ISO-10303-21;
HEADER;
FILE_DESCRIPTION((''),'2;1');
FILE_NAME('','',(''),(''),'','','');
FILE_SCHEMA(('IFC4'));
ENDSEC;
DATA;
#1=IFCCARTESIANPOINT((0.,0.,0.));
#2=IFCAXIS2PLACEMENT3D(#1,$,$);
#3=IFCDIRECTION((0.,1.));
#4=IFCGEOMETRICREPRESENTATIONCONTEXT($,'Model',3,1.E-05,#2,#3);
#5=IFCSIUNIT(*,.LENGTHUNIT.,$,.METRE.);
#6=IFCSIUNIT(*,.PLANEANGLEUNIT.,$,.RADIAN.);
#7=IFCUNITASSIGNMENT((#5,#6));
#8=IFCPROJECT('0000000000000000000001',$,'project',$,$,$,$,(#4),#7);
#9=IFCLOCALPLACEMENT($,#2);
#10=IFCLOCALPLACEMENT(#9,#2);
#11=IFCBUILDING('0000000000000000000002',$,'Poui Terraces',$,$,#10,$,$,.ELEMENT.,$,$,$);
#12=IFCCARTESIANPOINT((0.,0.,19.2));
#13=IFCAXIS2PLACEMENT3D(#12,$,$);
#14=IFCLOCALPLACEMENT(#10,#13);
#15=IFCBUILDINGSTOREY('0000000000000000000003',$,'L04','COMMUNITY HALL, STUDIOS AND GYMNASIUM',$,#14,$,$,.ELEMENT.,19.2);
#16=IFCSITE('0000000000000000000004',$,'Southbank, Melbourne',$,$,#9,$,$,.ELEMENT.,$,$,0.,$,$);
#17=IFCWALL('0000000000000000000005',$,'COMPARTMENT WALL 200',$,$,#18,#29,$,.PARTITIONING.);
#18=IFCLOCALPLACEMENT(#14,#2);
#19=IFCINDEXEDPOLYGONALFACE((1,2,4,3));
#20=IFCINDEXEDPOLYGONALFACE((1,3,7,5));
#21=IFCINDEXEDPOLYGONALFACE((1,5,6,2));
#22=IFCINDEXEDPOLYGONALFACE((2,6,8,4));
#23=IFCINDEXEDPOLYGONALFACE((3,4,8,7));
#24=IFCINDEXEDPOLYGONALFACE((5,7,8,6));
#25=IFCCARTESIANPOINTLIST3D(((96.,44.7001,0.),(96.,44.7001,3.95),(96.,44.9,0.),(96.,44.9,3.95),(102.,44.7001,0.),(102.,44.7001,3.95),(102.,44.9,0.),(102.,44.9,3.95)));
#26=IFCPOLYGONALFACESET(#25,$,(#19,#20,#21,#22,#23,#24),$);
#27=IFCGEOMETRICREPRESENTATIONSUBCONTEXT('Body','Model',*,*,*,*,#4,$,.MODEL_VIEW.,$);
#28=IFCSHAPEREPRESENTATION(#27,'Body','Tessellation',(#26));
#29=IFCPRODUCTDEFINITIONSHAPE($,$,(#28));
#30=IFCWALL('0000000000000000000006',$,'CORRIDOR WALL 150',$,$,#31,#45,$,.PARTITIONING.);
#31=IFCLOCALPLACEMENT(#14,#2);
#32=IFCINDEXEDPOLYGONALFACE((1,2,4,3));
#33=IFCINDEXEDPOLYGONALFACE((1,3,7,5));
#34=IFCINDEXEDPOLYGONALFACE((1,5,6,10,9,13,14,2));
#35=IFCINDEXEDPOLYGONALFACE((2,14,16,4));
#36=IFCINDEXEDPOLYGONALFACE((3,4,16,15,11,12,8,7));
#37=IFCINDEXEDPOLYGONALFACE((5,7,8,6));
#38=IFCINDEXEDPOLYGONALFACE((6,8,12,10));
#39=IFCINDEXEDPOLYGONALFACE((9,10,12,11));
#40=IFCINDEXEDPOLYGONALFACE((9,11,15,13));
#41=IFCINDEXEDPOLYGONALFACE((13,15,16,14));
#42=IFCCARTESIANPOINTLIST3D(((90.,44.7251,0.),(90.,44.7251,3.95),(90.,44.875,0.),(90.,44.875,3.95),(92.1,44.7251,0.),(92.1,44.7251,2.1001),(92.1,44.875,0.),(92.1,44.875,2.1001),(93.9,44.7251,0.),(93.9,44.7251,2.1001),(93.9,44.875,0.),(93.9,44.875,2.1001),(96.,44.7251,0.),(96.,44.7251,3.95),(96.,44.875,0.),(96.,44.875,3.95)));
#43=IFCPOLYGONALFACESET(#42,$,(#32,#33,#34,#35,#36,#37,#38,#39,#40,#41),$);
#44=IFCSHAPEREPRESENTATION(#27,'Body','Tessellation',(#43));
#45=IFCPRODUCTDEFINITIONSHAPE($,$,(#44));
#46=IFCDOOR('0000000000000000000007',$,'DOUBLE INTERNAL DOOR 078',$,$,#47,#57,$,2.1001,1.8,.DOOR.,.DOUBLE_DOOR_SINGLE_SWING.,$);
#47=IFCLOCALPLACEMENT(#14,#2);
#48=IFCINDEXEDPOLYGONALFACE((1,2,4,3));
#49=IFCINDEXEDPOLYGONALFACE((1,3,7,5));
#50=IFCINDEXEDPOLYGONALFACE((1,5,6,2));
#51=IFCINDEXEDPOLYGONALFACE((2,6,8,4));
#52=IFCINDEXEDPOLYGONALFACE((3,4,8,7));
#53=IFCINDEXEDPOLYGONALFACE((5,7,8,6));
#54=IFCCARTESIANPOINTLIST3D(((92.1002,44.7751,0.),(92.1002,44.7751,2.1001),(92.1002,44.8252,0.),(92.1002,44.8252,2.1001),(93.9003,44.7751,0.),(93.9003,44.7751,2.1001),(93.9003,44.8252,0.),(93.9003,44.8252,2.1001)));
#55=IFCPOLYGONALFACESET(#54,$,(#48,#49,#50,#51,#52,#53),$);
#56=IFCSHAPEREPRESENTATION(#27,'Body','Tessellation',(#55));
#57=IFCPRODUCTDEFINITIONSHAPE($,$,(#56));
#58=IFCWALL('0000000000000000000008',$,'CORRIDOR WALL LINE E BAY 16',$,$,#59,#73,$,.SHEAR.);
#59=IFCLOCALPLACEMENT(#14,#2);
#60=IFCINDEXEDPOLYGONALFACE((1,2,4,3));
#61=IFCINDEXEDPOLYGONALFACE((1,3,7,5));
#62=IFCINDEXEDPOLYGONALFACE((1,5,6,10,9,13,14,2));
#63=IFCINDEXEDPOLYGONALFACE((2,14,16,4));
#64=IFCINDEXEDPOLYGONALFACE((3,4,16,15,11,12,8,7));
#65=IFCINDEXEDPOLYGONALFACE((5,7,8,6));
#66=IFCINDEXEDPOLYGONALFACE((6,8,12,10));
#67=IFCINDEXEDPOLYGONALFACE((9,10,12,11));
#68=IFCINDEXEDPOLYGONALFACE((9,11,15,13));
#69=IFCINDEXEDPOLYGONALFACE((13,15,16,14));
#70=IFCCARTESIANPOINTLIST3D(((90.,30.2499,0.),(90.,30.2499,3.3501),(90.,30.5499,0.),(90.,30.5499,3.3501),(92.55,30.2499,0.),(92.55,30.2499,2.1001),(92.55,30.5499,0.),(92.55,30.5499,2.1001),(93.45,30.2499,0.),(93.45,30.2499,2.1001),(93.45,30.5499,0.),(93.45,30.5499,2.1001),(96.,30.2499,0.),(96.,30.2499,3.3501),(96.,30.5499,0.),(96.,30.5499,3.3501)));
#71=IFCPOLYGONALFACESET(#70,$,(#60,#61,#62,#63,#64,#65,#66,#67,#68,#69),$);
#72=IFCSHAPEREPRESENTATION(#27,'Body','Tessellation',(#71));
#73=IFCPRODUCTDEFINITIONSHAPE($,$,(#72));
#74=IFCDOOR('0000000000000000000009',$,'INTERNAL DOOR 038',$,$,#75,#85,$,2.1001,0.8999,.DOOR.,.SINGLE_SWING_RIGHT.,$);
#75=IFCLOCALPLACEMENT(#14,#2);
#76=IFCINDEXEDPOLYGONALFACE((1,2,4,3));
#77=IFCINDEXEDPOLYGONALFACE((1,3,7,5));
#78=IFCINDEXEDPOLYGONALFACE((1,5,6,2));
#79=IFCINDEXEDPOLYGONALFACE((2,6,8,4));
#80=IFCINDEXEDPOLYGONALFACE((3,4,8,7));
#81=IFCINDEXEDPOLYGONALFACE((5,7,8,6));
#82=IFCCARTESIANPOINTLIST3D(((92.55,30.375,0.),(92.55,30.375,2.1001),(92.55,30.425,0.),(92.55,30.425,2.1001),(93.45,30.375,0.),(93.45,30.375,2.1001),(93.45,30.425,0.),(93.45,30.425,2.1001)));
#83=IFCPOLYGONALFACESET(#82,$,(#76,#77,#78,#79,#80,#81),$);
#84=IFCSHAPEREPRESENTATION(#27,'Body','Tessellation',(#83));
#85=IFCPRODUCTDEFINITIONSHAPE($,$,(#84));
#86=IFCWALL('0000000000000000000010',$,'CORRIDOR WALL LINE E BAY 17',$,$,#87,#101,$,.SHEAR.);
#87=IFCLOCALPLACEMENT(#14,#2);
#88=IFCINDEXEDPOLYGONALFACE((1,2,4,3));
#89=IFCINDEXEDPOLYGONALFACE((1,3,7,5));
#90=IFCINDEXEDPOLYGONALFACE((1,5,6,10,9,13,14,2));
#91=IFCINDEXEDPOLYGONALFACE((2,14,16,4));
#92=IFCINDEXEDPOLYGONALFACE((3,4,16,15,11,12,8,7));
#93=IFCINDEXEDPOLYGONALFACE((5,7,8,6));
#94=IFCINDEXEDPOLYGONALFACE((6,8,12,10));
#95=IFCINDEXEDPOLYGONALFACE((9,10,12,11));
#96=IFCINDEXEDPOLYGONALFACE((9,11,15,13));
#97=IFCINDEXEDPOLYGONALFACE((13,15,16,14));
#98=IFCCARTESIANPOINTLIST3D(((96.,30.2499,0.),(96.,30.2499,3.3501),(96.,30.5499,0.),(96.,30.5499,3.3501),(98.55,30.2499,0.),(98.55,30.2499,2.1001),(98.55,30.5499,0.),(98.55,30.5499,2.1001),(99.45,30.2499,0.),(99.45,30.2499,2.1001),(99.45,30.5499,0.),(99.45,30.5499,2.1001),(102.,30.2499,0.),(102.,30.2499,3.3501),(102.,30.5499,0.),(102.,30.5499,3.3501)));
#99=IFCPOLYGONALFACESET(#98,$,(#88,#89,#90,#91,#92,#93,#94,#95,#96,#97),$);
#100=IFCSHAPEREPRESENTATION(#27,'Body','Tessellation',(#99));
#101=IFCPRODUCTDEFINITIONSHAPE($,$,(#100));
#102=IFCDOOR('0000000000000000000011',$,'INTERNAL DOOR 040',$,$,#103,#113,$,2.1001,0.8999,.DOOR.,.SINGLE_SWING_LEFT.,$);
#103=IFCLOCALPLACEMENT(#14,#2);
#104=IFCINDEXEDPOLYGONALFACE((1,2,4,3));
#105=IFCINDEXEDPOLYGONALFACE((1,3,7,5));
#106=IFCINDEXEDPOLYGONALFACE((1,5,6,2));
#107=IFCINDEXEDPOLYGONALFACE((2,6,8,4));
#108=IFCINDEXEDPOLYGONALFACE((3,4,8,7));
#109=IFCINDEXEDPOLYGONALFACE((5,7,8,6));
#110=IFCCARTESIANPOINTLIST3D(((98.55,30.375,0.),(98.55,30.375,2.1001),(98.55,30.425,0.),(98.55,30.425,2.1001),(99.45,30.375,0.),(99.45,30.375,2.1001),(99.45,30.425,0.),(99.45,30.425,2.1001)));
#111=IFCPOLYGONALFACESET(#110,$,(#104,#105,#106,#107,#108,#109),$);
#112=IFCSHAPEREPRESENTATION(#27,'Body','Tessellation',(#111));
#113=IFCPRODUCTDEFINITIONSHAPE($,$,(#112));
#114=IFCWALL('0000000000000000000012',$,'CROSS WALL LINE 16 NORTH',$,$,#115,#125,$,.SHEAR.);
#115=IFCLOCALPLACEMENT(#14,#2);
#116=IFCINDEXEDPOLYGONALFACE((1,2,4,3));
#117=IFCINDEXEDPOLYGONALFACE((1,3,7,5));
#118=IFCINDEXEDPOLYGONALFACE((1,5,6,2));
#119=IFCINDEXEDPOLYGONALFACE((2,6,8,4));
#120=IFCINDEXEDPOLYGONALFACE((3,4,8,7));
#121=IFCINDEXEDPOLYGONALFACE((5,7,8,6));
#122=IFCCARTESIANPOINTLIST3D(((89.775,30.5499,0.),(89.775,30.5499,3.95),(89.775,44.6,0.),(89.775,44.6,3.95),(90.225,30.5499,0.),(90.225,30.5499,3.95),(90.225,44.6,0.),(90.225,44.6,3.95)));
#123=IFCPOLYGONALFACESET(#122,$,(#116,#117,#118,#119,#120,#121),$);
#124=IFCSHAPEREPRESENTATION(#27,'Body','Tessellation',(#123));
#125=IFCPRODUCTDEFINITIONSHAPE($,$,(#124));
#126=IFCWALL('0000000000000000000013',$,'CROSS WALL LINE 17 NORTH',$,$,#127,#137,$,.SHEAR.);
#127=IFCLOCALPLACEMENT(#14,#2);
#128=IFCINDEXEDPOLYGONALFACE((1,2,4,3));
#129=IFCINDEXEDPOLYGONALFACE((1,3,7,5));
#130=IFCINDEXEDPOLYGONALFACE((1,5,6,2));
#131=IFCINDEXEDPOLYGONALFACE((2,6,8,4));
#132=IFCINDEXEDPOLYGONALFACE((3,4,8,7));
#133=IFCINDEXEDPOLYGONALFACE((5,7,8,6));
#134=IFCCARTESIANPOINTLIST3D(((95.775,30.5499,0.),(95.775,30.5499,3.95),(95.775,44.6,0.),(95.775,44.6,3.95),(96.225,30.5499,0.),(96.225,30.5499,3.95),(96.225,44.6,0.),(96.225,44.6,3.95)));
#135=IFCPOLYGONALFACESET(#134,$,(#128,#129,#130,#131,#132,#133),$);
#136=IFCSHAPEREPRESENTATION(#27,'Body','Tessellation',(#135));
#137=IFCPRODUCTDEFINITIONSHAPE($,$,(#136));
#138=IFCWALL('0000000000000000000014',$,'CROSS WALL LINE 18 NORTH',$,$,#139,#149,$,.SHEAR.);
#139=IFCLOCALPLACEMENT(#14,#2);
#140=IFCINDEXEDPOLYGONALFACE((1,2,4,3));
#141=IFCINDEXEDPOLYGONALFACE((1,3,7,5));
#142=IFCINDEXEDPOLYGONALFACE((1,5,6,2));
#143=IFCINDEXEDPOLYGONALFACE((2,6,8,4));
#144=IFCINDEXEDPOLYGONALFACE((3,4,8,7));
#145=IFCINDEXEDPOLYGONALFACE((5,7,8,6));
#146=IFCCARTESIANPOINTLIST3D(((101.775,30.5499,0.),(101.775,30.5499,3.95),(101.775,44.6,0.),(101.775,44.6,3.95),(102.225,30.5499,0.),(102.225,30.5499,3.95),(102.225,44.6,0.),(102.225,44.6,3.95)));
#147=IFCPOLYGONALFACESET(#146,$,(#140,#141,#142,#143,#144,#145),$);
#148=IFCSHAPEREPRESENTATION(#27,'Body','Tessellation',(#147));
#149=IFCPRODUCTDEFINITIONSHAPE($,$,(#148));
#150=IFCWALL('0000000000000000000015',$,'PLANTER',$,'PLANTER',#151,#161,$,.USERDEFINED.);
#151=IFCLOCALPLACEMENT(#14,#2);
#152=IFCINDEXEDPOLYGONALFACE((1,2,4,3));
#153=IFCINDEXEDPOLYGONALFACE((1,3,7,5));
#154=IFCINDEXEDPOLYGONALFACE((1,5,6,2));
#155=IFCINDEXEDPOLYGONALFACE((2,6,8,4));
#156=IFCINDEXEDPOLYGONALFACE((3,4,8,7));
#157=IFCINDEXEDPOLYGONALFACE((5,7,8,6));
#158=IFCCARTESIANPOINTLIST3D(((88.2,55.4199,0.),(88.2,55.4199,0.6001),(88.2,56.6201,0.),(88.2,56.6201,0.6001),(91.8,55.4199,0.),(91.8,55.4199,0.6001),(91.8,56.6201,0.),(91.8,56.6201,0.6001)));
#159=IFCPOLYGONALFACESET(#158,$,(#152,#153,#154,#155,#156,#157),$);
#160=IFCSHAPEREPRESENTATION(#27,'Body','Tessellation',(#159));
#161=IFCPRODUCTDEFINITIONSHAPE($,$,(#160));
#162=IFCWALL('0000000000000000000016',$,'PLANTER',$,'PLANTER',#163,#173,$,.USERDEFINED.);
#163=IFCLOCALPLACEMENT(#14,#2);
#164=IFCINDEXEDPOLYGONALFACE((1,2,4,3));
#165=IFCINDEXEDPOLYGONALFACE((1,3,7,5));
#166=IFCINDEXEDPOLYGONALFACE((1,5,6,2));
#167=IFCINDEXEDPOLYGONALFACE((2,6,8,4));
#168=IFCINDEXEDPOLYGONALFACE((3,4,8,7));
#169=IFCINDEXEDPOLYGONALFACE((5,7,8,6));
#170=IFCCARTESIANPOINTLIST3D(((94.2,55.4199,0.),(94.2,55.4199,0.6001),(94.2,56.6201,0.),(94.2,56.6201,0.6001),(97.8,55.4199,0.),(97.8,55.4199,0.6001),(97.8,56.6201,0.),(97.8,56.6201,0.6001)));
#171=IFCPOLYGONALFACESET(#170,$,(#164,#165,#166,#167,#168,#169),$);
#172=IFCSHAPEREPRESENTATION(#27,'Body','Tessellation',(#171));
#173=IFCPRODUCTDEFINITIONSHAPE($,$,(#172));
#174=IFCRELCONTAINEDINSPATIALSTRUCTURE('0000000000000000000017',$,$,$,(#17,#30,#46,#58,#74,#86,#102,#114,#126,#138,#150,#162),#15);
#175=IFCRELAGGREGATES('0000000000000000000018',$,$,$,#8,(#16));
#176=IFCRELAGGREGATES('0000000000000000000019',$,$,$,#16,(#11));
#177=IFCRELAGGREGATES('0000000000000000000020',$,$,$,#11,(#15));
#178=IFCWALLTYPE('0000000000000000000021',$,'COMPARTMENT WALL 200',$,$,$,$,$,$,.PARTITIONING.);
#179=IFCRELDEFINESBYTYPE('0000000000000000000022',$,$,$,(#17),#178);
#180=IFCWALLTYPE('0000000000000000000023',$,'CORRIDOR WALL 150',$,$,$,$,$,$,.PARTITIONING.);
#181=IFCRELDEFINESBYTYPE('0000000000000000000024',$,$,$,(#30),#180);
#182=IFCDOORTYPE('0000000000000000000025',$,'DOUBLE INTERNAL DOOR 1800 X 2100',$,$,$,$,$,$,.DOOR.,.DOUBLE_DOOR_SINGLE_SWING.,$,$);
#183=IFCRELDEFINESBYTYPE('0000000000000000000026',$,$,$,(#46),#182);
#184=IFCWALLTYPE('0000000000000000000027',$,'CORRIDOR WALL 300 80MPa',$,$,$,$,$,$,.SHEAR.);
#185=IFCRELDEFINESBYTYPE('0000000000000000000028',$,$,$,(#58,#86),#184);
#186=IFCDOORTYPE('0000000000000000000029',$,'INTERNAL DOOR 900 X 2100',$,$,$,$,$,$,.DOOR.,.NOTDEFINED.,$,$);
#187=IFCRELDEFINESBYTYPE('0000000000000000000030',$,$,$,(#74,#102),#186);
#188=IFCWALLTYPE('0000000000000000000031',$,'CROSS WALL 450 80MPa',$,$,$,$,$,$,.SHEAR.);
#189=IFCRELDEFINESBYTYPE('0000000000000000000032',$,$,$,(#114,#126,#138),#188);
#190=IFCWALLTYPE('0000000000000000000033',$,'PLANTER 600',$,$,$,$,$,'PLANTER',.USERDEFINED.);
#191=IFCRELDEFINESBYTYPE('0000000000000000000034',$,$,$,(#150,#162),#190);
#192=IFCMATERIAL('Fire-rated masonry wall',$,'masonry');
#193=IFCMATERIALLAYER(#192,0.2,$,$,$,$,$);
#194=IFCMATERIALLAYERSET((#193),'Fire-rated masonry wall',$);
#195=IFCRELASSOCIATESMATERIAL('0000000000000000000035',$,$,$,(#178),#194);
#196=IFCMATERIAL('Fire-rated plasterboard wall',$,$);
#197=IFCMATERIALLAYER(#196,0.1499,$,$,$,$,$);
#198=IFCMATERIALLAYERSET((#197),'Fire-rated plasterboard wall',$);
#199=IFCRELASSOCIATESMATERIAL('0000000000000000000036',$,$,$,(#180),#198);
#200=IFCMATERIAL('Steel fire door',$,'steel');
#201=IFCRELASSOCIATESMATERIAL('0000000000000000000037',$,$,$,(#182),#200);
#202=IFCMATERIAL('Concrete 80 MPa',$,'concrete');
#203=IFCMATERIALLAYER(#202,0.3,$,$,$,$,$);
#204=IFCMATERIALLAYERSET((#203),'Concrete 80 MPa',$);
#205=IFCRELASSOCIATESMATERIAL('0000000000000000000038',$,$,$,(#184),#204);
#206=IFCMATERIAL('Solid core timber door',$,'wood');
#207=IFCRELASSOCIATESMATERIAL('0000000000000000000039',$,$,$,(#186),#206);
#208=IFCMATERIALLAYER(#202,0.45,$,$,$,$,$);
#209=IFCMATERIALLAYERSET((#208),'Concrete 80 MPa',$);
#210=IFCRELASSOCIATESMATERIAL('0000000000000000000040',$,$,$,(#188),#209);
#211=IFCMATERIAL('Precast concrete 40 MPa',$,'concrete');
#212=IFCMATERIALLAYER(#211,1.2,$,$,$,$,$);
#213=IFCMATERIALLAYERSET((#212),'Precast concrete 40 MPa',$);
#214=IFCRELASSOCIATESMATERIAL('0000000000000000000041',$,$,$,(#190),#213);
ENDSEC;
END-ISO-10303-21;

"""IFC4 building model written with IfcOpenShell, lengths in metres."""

from ifc_helpers import new_model, si_unit, direction, frame, frame_2d, origin, place, context, subcontext, project, spatial, polyline, rectangle, outline, extrude, source, transform, mapped, material, layer, layer_set, type_object, element, fill, save


model = new_model("IFC4")

# Units and contexts
model_context = context("Model", 3, precision=1e-05, world=origin(), true_north=direction((0.0, 1.0)))
body_context = subcontext(model_context, "Body", "Model", "MODEL_VIEW")
ifc_project = project(units=[si_unit("LENGTHUNIT", "METRE"), si_unit("PLANEANGLEUNIT", "RADIAN")], contexts=[model_context])

# Site, building, storey
site_placement = place(None, origin())
site = spatial("IfcSite", under=ifc_project, at=site_placement, Name="Southbank, Melbourne", CompositionType="ELEMENT", RefElevation=0.0)
building_placement = place(site_placement, origin())
building = spatial("IfcBuilding", under=site, at=building_placement, Name="Poui Terraces", CompositionType="ELEMENT")
storey_placement = place(building_placement, frame((0.0, 0.0, 19.2)))
storey = spatial("IfcBuildingStorey", under=building, at=storey_placement, Name="L04", Description="COMMUNITY HALL, STUDIOS AND GYMNASIUM", CompositionType="ELEMENT", Elevation=19.2)

# Shared definitions
ifc_material_1 = material(Name="Concrete 80 MPa", Category="concrete")

# Wall
ifc_material_2 = material(Name="Fire-rated masonry wall", Category="masonry")
ifc_layer_1 = layer(ifc_material_2, 0.2)
ifc_layer_set_1 = layer_set([ifc_layer_1], Name="Fire-rated masonry wall")
wall_type_1 = type_object("IfcWallType", Name="COMPARTMENT WALL 200", PredefinedType="PARTITIONING", material=ifc_layer_set_1)
wall_1_placement = place(storey_placement, frame((96.0, 44.8, 0.0), z_axis=(0.0, 0.0, 1.0), x_axis=(1.0, 0.0, 0.0)))
element("IfcWall", 1, at=wall_1_placement, inside=storey, type_object=wall_type_1, Name="COMPARTMENT WALL 200", PredefinedType="PARTITIONING", context=body_context, shape_type="SweptSolid", body=[
    extrude(rectangle(XDim=6.0, YDim=0.2, at=frame_2d((3.0, 0.0))), origin(), (0.0, 0.0, 1.0), 3.95),
])

# Walls, openings, doors
ifc_material_3 = material(Name="Fire-rated plasterboard wall")
ifc_layer_2 = layer(ifc_material_3, 0.1499)
ifc_layer_set_2 = layer_set([ifc_layer_2], Name="Fire-rated plasterboard wall")
wall_type_2 = type_object("IfcWallType", Name="CORRIDOR WALL 150", PredefinedType="PARTITIONING", material=ifc_layer_set_2)
wall_2_placement = place(storey_placement, frame((90.0, 44.8, 0.0), z_axis=(0.0, 0.0, 1.0), x_axis=(1.0, 0.0, 0.0)))
wall_2 = element("IfcWall", 2, at=wall_2_placement, inside=storey, type_object=wall_type_2, Name="CORRIDOR WALL 150", PredefinedType="PARTITIONING", context=body_context, shape_type="SweptSolid", body=[
    extrude(rectangle(XDim=6.0, YDim=0.1499, at=frame_2d((3.0, 0.0))), origin(), (0.0, 0.0, 1.0), 3.95),
])
opening_1_placement = place(wall_2_placement, frame((2.1001, 0.0, 0.0)))
opening_1 = element("IfcOpeningElement", 3, at=opening_1_placement, cuts=wall_2, PredefinedType="OPENING", context=body_context, shape_type="SweptSolid", body=[
    extrude(rectangle(XDim=1.8, YDim=2.1001, at=frame_2d((0.8999, 1.05))), frame((0.0, 0.085, 0.0), z_axis=(0.0, -1.0, 0.0), x_axis=(1.0, 0.0, 0.0)), (0.0, 0.0, 1.0), 0.1699),
])
ifc_material_4 = material(Name="Steel fire door", Category="steel")
door_type_1 = type_object("IfcDoorType", Name="DOUBLE INTERNAL DOOR 1800 X 2100", OperationType="DOUBLE_DOOR_SINGLE_SWING", PredefinedType="DOOR", material=ifc_material_4)
door_1_placement = place(opening_1_placement, frame((1.8, 0.0, 0.0), z_axis=(0.0, 0.0, 1.0), x_axis=(-1.0, 0.0, 0.0)))
door_1 = element("IfcDoor", 4, at=door_1_placement, inside=storey, type_object=door_type_1, Name="DOUBLE INTERNAL DOOR 078", OperationType="DOUBLE_DOOR_SINGLE_SWING", OverallHeight=2.1001, OverallWidth=1.8, PredefinedType="DOOR", context=body_context, shape_type="SweptSolid", body=[
    extrude(rectangle(XDim=1.8, YDim=2.1001, at=frame_2d((0.8999, 1.05))), frame((0.0, 0.0249, 0.0), z_axis=(0.0, -1.0, 0.0), x_axis=(1.0, 0.0, 0.0)), (0.0, 0.0, 1.0), 0.05),
])
fill(opening_1, door_1)
ifc_layer_3 = layer(ifc_material_1, 0.3)
ifc_layer_set_3 = layer_set([ifc_layer_3], Name="Concrete 80 MPa")
wall_type_3 = type_object("IfcWallType", Name="CORRIDOR WALL 300 80MPa", PredefinedType="SHEAR", material=ifc_layer_set_3)
wall_3_placement = place(storey_placement, frame((90.0, 30.3999, 0.0), z_axis=(0.0, 0.0, 1.0), x_axis=(1.0, 0.0, 0.0)))
wall_3 = element("IfcWall", 5, at=wall_3_placement, inside=storey, type_object=wall_type_3, Name="CORRIDOR WALL LINE E BAY 16", PredefinedType="SHEAR", context=body_context, shape_type="SweptSolid", body=[
    extrude(rectangle(XDim=6.0, YDim=0.3, at=frame_2d((3.0, 0.0))), origin(), (0.0, 0.0, 1.0), 3.3501),
])
opening_2_placement = place(wall_3_placement, frame((2.55, 0.0, 0.0)))
opening_2 = element("IfcOpeningElement", 6, at=opening_2_placement, cuts=wall_3, PredefinedType="OPENING", context=body_context, shape_type="SweptSolid", body=[
    extrude(rectangle(XDim=0.8999, YDim=2.1001, at=frame_2d((0.45, 1.05))), frame((0.0, 0.1602, 0.0), z_axis=(0.0, -1.0, 0.0), x_axis=(1.0, 0.0, 0.0)), (0.0, 0.0, 1.0), 0.3201),
])
ifc_material_5 = material(Name="Solid core timber door", Category="wood")
door_type_2 = type_object("IfcDoorType", Name="INTERNAL DOOR 900 X 2100", OperationType="NOTDEFINED", PredefinedType="DOOR", material=ifc_material_5)
door_2_placement = place(opening_2_placement, frame((0.8999, 0.0, 0.0), z_axis=(0.0, 0.0, 1.0), x_axis=(-1.0, 0.0, 0.0)))
door_2 = element("IfcDoor", 7, at=door_2_placement, inside=storey, type_object=door_type_2, Name="INTERNAL DOOR 038", OperationType="SINGLE_SWING_RIGHT", OverallHeight=2.1001, OverallWidth=0.8999, PredefinedType="DOOR", context=body_context, shape_type="SweptSolid", body=[
    extrude(rectangle(XDim=0.8999, YDim=2.1001, at=frame_2d((0.45, 1.05))), frame((0.0, 0.0249, 0.0), z_axis=(0.0, -1.0, 0.0), x_axis=(1.0, 0.0, 0.0)), (0.0, 0.0, 1.0), 0.05),
])
fill(opening_2, door_2)
wall_4_placement = place(storey_placement, frame((96.0, 30.3999, 0.0), z_axis=(0.0, 0.0, 1.0), x_axis=(1.0, 0.0, 0.0)))
wall_4 = element("IfcWall", 8, at=wall_4_placement, inside=storey, type_object=wall_type_3, Name="CORRIDOR WALL LINE E BAY 17", PredefinedType="SHEAR", context=body_context, shape_type="SweptSolid", body=[
    extrude(rectangle(XDim=6.0, YDim=0.3, at=frame_2d((3.0, 0.0))), origin(), (0.0, 0.0, 1.0), 3.3501),
])
opening_3_placement = place(wall_4_placement, frame((2.55, 0.0, 0.0)))
opening_3 = element("IfcOpeningElement", 9, at=opening_3_placement, cuts=wall_4, PredefinedType="OPENING", context=body_context, shape_type="SweptSolid", body=[
    extrude(rectangle(XDim=0.8999, YDim=2.1001, at=frame_2d((0.45, 1.05))), frame((0.0, 0.1602, 0.0), z_axis=(0.0, -1.0, 0.0), x_axis=(1.0, 0.0, 0.0)), (0.0, 0.0, 1.0), 0.3201),
])
door_3_placement = place(opening_3_placement, frame((0.8999, 0.0, 0.0), z_axis=(0.0, 0.0, 1.0), x_axis=(-1.0, 0.0, 0.0)))
door_3 = element("IfcDoor", 10, at=door_3_placement, inside=storey, type_object=door_type_2, Name="INTERNAL DOOR 040", OperationType="SINGLE_SWING_LEFT", OverallHeight=2.1001, OverallWidth=0.8999, PredefinedType="DOOR", context=body_context, shape_type="SweptSolid", body=[
    extrude(rectangle(XDim=0.8999, YDim=2.1001, at=frame_2d((0.45, 1.05))), frame((0.0, 0.0249, 0.0), z_axis=(0.0, -1.0, 0.0), x_axis=(1.0, 0.0, 0.0)), (0.0, 0.0, 1.0), 0.05),
])
fill(opening_3, door_3)

# Walls
ifc_layer_4 = layer(ifc_material_1, 0.45)
ifc_layer_set_4 = layer_set([ifc_layer_4], Name="Concrete 80 MPa")
wall_type_4 = type_object("IfcWallType", Name="CROSS WALL 450 80MPa", PredefinedType="SHEAR", material=ifc_layer_set_4)
for number, where, z_axis, x_axis, name in (
    (11, (90.0, 30.55, 0.0), (0.0, 0.0, 1.0), (0.0, 1.0, 0.0), "CROSS WALL LINE 16 NORTH"),
    (12, (96.0, 30.55, 0.0), (0.0, 0.0, 1.0), (0.0, 1.0, 0.0), "CROSS WALL LINE 17 NORTH"),
    (13, (102.0, 30.55, 0.0), (0.0, 0.0, 1.0), (0.0, 1.0, 0.0), "CROSS WALL LINE 18 NORTH"),
):
    element("IfcWall", number, at=place(storey_placement, frame(where, z_axis=z_axis, x_axis=x_axis)), inside=storey, type_object=wall_type_4, Name=name, PredefinedType="SHEAR", context=body_context, shape_type="SweptSolid", body=[
        extrude(rectangle(XDim=14.05, YDim=0.45, at=frame_2d((7.0249, 0.0))), origin(), (0.0, 0.0, 1.0), 3.95),
    ])
ifc_material_6 = material(Name="Precast concrete 40 MPa", Category="concrete")
ifc_layer_5 = layer(ifc_material_6, 1.2)
ifc_layer_set_5 = layer_set([ifc_layer_5], Name="Precast concrete 40 MPa")
wall_type_5 = type_object("IfcWallType", Name="PLANTER 600", ElementType="PLANTER", PredefinedType="USERDEFINED", material=ifc_layer_set_5)
shared_shape_1 = source(origin(), body_context, "Body", "SweptSolid", [
    extrude(outline(polyline([(0.0, 0.0), (3.6001, 0.0), (3.6001, 1.2002), (0.0, 1.2002), (0.0, 0.0)])), origin(), (0.0, 0.0, 1.0), 0.6001),
])
for number, where, name in (
    (14, (88.2, 55.4199, 0.0), "PLANTER"),
    (15, (94.2, 55.4199, 0.0), "PLANTER"),
):
    element("IfcWall", number, at=place(storey_placement, frame(where)), inside=storey, type_object=wall_type_5, Name=name, ObjectType="PLANTER", PredefinedType="USERDEFINED", context=body_context, shape_type="MappedRepresentation", body=[
        mapped(shared_shape_1, transform((0.0, 0.0, 0.0))),
    ])

save(model, "model.ifc")
